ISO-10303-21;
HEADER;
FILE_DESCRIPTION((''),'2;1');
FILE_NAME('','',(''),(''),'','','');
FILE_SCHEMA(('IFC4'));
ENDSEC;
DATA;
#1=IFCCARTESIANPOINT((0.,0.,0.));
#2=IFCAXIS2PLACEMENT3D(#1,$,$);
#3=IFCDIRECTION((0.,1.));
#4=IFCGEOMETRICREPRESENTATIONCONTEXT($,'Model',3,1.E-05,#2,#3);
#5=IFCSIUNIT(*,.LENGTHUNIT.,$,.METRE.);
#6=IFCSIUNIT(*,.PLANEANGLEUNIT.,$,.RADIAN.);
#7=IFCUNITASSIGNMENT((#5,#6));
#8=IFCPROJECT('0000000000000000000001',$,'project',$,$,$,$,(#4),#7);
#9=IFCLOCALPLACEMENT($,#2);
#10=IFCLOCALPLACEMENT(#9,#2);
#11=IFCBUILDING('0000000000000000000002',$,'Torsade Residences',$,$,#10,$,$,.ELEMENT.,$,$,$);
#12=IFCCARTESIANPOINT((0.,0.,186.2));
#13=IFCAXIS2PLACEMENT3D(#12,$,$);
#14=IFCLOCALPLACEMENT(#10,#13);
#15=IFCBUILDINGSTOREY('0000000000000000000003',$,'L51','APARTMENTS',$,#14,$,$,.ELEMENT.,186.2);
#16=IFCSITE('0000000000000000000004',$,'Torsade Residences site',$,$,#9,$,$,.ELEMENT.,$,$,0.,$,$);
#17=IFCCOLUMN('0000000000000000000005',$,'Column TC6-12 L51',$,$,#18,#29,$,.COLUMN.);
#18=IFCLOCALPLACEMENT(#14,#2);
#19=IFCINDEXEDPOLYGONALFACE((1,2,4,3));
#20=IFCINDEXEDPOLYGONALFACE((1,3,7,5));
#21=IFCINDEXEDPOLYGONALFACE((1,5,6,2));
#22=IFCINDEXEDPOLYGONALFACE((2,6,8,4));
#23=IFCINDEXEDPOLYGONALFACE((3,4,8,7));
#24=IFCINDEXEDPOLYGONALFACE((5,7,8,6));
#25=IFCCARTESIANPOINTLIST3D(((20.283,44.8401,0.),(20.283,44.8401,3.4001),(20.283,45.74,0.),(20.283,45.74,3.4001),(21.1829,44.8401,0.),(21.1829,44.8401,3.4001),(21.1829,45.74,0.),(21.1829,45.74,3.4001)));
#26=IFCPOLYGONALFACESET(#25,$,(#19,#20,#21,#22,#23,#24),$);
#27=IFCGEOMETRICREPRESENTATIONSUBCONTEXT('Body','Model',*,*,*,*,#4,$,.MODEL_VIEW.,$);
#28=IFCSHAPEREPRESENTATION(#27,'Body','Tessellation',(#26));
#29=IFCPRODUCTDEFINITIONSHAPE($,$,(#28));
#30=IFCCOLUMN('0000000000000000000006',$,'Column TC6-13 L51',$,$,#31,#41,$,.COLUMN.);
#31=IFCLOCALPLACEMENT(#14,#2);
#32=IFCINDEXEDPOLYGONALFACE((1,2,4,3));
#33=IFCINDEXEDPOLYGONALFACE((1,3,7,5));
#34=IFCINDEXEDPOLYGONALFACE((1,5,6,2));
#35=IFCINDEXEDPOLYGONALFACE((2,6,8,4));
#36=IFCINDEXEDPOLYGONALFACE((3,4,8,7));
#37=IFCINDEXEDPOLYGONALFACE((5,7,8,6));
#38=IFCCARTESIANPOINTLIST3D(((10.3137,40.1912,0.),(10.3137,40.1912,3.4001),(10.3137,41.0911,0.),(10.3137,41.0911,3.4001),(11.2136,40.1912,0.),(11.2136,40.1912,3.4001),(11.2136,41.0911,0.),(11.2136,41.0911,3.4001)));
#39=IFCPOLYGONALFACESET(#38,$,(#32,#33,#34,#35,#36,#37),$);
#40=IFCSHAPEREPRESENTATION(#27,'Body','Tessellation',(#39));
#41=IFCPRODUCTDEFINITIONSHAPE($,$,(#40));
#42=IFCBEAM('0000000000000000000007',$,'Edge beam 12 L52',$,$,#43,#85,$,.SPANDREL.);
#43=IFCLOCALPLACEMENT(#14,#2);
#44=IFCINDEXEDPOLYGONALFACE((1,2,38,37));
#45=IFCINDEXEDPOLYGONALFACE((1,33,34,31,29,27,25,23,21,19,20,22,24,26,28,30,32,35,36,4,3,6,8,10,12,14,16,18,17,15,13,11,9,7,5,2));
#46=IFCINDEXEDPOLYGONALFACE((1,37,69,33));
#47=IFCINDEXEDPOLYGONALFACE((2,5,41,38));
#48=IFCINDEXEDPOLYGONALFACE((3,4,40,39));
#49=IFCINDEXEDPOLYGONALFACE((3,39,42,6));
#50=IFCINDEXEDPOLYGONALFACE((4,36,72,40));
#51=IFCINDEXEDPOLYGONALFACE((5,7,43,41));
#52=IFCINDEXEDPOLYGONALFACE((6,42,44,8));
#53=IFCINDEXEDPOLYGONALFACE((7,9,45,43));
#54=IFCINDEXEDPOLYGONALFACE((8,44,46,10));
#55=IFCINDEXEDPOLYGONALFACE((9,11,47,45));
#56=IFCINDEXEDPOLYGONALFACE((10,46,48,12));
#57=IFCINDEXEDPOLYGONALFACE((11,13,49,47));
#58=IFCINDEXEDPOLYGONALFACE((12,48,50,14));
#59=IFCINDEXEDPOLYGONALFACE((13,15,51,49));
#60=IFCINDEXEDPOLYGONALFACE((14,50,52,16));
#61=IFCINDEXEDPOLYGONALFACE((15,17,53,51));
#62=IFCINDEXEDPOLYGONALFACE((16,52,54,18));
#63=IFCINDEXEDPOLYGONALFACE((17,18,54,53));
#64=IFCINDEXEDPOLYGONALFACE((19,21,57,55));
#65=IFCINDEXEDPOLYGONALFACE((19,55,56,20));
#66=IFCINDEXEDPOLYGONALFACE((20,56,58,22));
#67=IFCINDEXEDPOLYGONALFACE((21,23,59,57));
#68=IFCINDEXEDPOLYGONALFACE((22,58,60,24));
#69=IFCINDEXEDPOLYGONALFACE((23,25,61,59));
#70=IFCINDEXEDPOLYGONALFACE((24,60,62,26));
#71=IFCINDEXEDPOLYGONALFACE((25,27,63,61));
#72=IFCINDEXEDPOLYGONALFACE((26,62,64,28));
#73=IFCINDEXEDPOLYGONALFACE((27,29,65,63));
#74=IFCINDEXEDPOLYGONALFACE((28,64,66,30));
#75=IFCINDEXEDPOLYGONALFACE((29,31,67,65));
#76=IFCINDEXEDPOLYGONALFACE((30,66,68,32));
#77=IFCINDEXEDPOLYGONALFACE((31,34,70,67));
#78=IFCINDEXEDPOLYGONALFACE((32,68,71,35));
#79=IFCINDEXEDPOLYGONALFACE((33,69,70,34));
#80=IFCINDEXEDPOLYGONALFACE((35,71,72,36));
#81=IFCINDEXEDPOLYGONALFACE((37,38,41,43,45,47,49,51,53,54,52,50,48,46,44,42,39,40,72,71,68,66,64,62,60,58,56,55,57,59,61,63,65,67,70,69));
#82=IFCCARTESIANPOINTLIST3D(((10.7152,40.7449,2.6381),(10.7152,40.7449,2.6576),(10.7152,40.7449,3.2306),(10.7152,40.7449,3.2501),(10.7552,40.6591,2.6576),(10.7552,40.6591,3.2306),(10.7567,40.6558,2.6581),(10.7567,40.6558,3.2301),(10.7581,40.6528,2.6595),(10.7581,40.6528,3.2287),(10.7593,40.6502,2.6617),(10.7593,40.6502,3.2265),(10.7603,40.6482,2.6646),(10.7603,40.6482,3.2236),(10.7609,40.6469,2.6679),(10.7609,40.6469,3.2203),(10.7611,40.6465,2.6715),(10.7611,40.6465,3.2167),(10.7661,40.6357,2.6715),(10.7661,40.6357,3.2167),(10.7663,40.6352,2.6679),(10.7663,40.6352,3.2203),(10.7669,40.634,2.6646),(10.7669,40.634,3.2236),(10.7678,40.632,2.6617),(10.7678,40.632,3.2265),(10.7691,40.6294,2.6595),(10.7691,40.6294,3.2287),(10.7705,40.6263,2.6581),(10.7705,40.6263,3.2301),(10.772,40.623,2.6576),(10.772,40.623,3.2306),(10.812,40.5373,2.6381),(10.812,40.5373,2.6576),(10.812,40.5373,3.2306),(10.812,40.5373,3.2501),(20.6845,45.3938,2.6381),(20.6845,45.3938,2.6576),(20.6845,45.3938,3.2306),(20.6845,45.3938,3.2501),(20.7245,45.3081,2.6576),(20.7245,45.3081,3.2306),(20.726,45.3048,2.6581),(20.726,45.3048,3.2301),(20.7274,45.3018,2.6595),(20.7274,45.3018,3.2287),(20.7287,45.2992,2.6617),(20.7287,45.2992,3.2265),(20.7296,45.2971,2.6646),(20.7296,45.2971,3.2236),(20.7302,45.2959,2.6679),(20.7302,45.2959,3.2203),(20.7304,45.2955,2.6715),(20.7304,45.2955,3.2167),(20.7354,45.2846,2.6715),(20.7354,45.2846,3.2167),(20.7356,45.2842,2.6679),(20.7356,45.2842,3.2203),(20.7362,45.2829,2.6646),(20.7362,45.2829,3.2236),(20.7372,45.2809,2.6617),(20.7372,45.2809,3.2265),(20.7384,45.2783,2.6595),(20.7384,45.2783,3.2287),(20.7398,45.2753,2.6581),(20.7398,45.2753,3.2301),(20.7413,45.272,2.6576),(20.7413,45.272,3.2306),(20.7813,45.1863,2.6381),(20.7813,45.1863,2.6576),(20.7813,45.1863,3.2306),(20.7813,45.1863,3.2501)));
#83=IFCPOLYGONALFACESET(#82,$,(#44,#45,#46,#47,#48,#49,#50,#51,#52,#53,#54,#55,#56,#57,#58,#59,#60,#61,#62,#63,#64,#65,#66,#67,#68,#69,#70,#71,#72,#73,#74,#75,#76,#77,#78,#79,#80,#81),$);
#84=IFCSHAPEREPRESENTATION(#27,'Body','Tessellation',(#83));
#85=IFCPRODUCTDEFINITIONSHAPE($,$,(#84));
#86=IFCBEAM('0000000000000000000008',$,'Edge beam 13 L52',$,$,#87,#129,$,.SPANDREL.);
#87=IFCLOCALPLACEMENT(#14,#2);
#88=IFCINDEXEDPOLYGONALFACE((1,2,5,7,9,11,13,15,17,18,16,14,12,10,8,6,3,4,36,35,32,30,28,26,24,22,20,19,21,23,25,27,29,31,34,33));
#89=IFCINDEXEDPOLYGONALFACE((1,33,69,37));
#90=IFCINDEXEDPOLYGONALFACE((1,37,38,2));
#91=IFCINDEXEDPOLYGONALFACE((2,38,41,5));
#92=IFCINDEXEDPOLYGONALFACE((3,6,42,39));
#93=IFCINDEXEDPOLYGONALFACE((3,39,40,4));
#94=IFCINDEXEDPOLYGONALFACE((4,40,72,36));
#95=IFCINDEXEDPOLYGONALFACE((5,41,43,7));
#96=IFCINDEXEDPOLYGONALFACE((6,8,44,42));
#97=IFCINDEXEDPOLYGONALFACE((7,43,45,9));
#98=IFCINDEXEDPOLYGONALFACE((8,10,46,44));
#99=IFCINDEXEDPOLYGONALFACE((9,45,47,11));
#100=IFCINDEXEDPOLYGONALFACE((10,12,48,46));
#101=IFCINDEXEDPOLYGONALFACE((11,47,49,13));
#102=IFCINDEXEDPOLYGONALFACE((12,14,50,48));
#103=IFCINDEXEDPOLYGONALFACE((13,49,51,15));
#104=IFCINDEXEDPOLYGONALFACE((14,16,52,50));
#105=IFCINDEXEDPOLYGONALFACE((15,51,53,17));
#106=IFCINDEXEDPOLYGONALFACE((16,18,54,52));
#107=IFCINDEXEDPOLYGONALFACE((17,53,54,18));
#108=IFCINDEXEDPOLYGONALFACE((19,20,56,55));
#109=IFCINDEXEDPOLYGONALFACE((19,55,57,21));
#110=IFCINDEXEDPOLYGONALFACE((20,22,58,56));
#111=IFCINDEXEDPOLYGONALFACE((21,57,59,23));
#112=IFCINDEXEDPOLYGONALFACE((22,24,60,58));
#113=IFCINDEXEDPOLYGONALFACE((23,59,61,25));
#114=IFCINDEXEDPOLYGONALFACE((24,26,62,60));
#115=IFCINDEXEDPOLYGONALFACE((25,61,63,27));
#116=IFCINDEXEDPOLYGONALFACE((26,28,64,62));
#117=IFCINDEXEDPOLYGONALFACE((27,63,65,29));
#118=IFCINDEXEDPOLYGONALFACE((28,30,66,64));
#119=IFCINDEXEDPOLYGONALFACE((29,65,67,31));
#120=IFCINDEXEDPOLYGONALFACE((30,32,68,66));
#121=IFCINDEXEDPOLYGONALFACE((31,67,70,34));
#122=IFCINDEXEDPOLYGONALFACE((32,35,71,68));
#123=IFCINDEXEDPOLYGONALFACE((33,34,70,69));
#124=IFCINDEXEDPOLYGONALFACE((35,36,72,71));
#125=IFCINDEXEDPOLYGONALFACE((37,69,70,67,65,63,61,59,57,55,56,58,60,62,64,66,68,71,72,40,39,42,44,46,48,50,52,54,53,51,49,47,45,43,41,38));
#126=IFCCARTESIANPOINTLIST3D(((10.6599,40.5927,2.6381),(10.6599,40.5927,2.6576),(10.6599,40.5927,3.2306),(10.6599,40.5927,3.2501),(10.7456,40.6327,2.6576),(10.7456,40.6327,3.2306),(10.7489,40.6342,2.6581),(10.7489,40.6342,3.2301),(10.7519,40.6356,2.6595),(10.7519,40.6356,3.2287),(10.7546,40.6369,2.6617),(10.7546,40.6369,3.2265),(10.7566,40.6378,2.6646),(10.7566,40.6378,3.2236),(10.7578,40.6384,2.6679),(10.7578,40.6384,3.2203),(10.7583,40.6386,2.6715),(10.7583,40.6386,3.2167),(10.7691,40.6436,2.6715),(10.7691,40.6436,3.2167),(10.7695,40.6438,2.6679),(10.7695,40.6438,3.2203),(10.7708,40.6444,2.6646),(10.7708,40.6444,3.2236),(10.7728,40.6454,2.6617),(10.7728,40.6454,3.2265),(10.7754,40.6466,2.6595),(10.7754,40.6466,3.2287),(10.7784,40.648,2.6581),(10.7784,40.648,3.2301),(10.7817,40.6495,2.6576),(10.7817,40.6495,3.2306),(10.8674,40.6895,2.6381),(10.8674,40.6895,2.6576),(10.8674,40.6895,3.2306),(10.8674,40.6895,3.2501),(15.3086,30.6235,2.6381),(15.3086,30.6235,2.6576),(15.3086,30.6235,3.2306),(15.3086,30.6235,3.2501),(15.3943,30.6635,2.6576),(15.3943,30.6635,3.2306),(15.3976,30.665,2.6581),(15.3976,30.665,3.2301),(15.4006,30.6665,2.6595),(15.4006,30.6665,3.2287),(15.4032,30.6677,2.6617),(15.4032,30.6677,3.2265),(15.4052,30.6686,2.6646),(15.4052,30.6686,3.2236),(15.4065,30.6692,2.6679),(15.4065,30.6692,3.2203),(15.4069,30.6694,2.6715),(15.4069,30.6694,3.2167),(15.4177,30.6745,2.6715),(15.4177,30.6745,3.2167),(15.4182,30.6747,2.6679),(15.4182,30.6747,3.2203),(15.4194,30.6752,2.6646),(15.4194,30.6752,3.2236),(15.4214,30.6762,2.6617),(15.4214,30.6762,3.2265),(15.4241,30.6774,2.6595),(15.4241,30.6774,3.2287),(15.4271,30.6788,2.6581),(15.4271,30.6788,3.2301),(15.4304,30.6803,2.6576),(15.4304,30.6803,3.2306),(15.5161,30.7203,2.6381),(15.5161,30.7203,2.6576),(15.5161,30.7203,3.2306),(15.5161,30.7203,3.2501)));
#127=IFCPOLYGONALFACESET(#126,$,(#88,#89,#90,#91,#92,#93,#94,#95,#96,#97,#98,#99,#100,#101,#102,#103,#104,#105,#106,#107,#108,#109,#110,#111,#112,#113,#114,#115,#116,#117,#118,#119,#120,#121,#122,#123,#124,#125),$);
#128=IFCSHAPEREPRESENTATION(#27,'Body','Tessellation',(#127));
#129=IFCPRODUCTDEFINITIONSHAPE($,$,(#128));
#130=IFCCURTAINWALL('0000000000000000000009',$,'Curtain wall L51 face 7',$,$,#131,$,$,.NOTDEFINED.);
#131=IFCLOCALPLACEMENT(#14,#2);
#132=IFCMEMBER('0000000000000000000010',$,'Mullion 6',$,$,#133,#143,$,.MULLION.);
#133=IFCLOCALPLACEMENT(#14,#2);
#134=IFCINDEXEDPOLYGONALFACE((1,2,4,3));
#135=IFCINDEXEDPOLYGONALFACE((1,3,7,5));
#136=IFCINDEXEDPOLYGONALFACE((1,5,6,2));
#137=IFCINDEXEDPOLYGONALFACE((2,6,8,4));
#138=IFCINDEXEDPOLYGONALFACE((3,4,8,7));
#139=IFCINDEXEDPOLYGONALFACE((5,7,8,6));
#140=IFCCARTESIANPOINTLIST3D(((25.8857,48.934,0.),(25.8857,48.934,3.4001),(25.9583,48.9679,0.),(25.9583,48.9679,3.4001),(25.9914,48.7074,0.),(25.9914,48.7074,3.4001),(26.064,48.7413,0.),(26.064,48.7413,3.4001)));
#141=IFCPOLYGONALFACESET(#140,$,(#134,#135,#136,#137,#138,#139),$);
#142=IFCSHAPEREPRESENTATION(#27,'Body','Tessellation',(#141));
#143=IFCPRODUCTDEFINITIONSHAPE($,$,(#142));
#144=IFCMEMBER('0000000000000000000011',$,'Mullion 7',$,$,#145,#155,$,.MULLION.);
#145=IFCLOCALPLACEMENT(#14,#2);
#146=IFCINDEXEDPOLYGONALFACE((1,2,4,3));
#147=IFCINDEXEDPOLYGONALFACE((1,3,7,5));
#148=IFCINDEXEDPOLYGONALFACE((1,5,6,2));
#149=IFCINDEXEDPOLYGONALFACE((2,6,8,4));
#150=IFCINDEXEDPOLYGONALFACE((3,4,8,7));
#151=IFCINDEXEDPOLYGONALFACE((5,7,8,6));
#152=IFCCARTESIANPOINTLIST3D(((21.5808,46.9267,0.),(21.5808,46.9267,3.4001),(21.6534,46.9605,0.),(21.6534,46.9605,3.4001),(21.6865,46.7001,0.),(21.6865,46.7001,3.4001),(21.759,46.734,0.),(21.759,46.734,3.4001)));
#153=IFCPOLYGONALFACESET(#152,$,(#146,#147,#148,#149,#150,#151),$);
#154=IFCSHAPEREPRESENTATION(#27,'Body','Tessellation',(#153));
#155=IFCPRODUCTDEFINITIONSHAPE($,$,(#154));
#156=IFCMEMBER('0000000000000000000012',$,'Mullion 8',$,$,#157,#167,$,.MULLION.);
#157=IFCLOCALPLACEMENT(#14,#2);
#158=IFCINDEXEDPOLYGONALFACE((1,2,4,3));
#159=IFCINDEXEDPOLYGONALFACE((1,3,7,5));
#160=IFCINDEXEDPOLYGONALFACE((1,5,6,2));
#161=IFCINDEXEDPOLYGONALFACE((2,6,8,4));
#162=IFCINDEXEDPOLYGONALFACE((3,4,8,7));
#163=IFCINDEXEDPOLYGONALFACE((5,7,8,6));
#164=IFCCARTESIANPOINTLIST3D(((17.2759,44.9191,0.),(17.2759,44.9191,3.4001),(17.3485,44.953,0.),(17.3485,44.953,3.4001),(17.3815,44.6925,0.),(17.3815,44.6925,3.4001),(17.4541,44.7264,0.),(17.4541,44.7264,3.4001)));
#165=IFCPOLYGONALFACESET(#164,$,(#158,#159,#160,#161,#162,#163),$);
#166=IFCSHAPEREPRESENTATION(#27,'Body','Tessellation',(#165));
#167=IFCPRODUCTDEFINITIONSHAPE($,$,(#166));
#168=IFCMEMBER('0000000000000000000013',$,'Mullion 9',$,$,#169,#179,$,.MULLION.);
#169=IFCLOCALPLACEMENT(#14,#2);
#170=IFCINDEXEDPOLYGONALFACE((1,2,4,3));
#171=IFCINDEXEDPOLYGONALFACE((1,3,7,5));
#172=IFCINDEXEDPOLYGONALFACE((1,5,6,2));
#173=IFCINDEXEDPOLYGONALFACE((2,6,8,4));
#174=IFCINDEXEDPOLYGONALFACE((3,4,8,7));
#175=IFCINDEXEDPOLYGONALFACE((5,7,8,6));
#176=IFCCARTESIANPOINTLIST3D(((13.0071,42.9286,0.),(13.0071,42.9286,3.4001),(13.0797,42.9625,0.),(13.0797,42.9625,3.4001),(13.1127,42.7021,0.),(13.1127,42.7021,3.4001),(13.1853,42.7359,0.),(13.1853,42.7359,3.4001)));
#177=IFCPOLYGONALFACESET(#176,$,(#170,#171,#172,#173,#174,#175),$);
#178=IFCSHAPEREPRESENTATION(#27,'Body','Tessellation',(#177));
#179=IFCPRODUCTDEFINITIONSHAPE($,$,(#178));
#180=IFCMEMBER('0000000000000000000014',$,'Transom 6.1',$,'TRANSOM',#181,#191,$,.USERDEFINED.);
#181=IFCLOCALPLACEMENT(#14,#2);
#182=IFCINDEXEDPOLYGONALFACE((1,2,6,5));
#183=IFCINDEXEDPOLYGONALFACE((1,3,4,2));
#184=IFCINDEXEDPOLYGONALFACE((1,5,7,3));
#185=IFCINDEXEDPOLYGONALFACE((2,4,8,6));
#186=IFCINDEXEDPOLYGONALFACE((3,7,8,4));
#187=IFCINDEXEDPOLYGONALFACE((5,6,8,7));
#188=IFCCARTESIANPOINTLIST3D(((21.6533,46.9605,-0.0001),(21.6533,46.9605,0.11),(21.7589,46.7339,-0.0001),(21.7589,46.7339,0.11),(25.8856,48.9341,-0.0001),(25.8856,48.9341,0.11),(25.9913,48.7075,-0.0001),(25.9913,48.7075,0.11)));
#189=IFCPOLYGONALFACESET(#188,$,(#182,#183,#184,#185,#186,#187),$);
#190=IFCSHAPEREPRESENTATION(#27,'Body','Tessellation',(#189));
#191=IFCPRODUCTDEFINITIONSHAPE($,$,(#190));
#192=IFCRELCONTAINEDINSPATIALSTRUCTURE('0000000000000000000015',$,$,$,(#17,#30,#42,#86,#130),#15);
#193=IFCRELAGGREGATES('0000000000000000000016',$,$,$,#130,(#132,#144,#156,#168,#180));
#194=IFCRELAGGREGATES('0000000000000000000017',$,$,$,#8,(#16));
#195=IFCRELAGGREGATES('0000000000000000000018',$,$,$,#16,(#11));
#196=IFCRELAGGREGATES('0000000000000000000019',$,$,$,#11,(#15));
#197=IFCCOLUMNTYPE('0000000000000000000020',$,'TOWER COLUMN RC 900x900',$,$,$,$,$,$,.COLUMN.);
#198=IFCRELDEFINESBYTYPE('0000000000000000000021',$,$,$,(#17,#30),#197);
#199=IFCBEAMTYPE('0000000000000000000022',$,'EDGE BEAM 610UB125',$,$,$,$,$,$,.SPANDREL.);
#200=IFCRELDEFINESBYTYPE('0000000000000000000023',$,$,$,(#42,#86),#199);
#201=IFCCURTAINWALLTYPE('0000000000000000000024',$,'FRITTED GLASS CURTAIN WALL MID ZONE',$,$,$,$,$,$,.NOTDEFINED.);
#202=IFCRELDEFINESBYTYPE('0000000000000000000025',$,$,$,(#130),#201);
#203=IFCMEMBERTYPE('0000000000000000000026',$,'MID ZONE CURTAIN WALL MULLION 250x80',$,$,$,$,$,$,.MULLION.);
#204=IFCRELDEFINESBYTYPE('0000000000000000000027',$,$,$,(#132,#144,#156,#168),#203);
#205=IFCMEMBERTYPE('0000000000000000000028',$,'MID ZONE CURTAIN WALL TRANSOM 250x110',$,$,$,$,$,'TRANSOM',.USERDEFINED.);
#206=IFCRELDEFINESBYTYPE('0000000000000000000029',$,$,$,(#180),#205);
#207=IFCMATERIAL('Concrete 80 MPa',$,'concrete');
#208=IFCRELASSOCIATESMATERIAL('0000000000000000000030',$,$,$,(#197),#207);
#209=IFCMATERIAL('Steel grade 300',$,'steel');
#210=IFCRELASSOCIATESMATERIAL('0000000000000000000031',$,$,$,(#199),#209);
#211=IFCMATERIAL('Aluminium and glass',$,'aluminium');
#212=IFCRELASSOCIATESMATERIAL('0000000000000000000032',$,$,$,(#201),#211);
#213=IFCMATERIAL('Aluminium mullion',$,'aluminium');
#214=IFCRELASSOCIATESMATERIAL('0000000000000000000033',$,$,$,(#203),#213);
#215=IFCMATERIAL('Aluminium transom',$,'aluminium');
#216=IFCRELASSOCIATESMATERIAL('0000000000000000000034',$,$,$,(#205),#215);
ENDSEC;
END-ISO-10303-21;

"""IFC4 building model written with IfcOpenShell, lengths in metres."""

from ifc_helpers import new_model, si_unit, direction, frame, origin, origin_2d, place, context, subcontext, project, spatial, rectangle, i_section, extrude, material, material_profile, profile_set, type_object, element, aggregate, save


model = new_model("IFC4")

# Units and contexts
model_context = context("Model", 3, precision=1e-05, world=origin(), true_north=direction((0.0, 1.0)))
body_context = subcontext(model_context, "Body", "Model", "MODEL_VIEW")
ifc_project = project(units=[si_unit("LENGTHUNIT", "METRE"), si_unit("PLANEANGLEUNIT", "RADIAN")], contexts=[model_context])

# Site, building, storey
site_placement = place(None, origin())
site = spatial("IfcSite", under=ifc_project, at=site_placement, Name="Torsade Residences site", CompositionType="ELEMENT", RefElevation=0.0)
building_placement = place(site_placement, origin())
building = spatial("IfcBuilding", under=site, at=building_placement, Name="Torsade Residences", CompositionType="ELEMENT")
storey_placement = place(building_placement, frame((0.0, 0.0, 186.2)))
storey = spatial("IfcBuildingStorey", under=building, at=storey_placement, Name="L51", Description="APARTMENTS", CompositionType="ELEMENT", Elevation=186.2)

# Columns
ifc_material_1 = material(Name="Concrete 80 MPa", Category="concrete")
ifc_material_profile_1 = material_profile(ifc_material_1, rectangle(XDim=0.8999, YDim=0.8999, at=origin_2d()), Name="RC 900x900")
ifc_profile_set_1 = profile_set([ifc_material_profile_1], Name="Concrete 80 MPa")
column_type = type_object("IfcColumnType", Name="TOWER COLUMN RC 900x900", PredefinedType="COLUMN", material=ifc_profile_set_1)
for number, where, z_axis, x_axis, name in (
    (1, (20.7329, 45.29, 0.0), (0.0, 0.0, 1.0), (1.0, 0.0, 0.0), "Column TC6-12 L51"),
    (2, (10.7637, 40.6411, 0.0), (0.0, 0.0, 1.0), (1.0, 0.0, 0.0), "Column TC6-13 L51"),
):
    element("IfcColumn", number, at=place(storey_placement, frame(where, z_axis=z_axis, x_axis=x_axis)), inside=storey, type_object=column_type, Name=name, PredefinedType="COLUMN", context=body_context, shape_type="SweptSolid", body=[
        extrude(rectangle(XDim=0.8999, YDim=0.8999, at=origin_2d()), origin(), (0.0, 0.0, 1.0), 3.4001),
    ])

# Beams
ifc_material_2 = material(Name="Steel grade 300", Category="steel")
ifc_material_profile_2 = material_profile(ifc_material_2, i_section(OverallWidth=0.229, OverallDepth=0.6121, WebThickness=0.012, FlangeThickness=0.0195, FilletRadius=0.0139, at=origin_2d()), Name="610UB125")
ifc_profile_set_2 = profile_set([ifc_material_profile_2], Name="Steel grade 300")
beam_type_1 = type_object("IfcBeamType", Name="EDGE BEAM 610UB125", PredefinedType="SPANDREL", material=ifc_profile_set_2)
beam_1_placement = place(storey_placement, frame((20.7329, 45.29, 2.9441), z_axis=(-0.906301, -0.422633, 0.0), x_axis=(0.422633, -0.906301, 0.0)))
element("IfcBeam", 3, at=beam_1_placement, inside=storey, type_object=beam_type_1, Name="Edge beam 12 L52", PredefinedType="SPANDREL", context=body_context, shape_type="SweptSolid", body=[
    extrude(i_section(OverallWidth=0.229, OverallDepth=0.6121, WebThickness=0.012, FlangeThickness=0.0195, FilletRadius=0.0139, at=origin_2d()), origin(), (0.0, 0.0, 1.0), 11.0),
])
beam_2_placement = place(storey_placement, frame((10.7637, 40.6411, 2.9441), z_axis=(0.422614, -0.90631, 0.0), x_axis=(0.90631, 0.422614, 0.0)))
element("IfcBeam", 4, at=beam_2_placement, inside=storey, type_object=beam_type_1, Name="Edge beam 13 L52", PredefinedType="SPANDREL", context=body_context, shape_type="SweptSolid", body=[
    extrude(i_section(OverallWidth=0.229, OverallDepth=0.6121, WebThickness=0.012, FlangeThickness=0.0195, FilletRadius=0.0139, at=origin_2d()), origin(), (0.0, 0.0, 1.0), 10.9998),
])

# Curtain wall, members
ifc_material_3 = material(Name="Aluminium and glass", Category="aluminium")
curtain_wall_type = type_object("IfcCurtainWallType", Name="FRITTED GLASS CURTAIN WALL MID ZONE", PredefinedType="NOTDEFINED", material=ifc_material_3)
curtain_wall_placement = place(storey_placement, origin())
curtain_wall = element("IfcCurtainWall", 5, at=curtain_wall_placement, inside=storey, type_object=curtain_wall_type, Name="Curtain wall L51 face 7", PredefinedType="NOTDEFINED")
ifc_material_4 = material(Name="Aluminium mullion", Category="aluminium")
ifc_material_profile_3 = material_profile(ifc_material_4, rectangle(XDim=0.25, YDim=0.0801, at=origin_2d()), Name="MID ZONE CURTAIN WALL MULLION 250x80")
ifc_profile_set_3 = profile_set([ifc_material_profile_3], Name="Aluminium mullion")
member_type_1 = type_object("IfcMemberType", Name="MID ZONE CURTAIN WALL MULLION 250x80", PredefinedType="MULLION", material=ifc_profile_set_3)
member_1_placement = place(storey_placement, frame((25.9749, 48.8376, 0.0), z_axis=(0.0, 0.0, 1.0), x_axis=(0.422618, -0.906308, 0.0)))
member_1 = element("IfcMember", 6, at=member_1_placement, type_object=member_type_1, Name="Mullion 6", PredefinedType="MULLION", context=body_context, shape_type="SweptSolid", body=[
    extrude(rectangle(XDim=0.25, YDim=0.0801, at=origin_2d()), origin(), (0.0, 0.0, 1.0), 3.4001),
])
member_2_placement = place(storey_placement, frame((21.6699, 46.8303, 0.0), z_axis=(0.0, 0.0, 1.0), x_axis=(0.422618, -0.906308, 0.0)))
member_2 = element("IfcMember", 7, at=member_2_placement, type_object=member_type_1, Name="Mullion 7", PredefinedType="MULLION", context=body_context, shape_type="SweptSolid", body=[
    extrude(rectangle(XDim=0.25, YDim=0.0801, at=origin_2d()), origin(), (0.0, 0.0, 1.0), 3.4001),
])
member_3_placement = place(storey_placement, frame((17.365, 44.8228, 0.0), z_axis=(0.0, 0.0, 1.0), x_axis=(0.422618, -0.906308, 0.0)))
member_3 = element("IfcMember", 8, at=member_3_placement, type_object=member_type_1, Name="Mullion 8", PredefinedType="MULLION", context=body_context, shape_type="SweptSolid", body=[
    extrude(rectangle(XDim=0.25, YDim=0.0801, at=origin_2d()), origin(), (0.0, 0.0, 1.0), 3.4001),
])
member_4_placement = place(storey_placement, frame((13.0962, 42.8323, 0.0), z_axis=(0.0, 0.0, 1.0), x_axis=(0.422618, -0.906308, 0.0)))
member_4 = element("IfcMember", 9, at=member_4_placement, type_object=member_type_1, Name="Mullion 9", PredefinedType="MULLION", context=body_context, shape_type="SweptSolid", body=[
    extrude(rectangle(XDim=0.25, YDim=0.0801, at=origin_2d()), origin(), (0.0, 0.0, 1.0), 3.4001),
])
ifc_material_5 = material(Name="Aluminium transom", Category="aluminium")
ifc_material_profile_4 = material_profile(ifc_material_5, rectangle(XDim=0.25, YDim=0.1101, at=origin_2d()), Name="MID ZONE CURTAIN WALL TRANSOM 250x110")
ifc_profile_set_4 = profile_set([ifc_material_profile_4], Name="Aluminium transom")
member_type_2 = type_object("IfcMemberType", Name="MID ZONE CURTAIN WALL TRANSOM 250x110", ElementType="TRANSOM", PredefinedType="USERDEFINED", material=ifc_profile_set_4)
member_5_placement = place(storey_placement, frame((25.9385, 48.8208, 0.0549), z_axis=(-0.906306, -0.422622, 0.0), x_axis=(0.422622, -0.906306, 0.0)))
member_5 = element("IfcMember", 10, at=member_5_placement, type_object=member_type_2, Name="Transom 6.1", ObjectType="TRANSOM", PredefinedType="USERDEFINED", context=body_context, shape_type="SweptSolid", body=[
    extrude(rectangle(XDim=0.25, YDim=0.1101, at=origin_2d()), origin(), (0.0, 0.0, 1.0), 4.6699),
])

aggregate(curtain_wall, [member_1, member_2, member_3, member_4, member_5])

save(model, "model.ifc")
